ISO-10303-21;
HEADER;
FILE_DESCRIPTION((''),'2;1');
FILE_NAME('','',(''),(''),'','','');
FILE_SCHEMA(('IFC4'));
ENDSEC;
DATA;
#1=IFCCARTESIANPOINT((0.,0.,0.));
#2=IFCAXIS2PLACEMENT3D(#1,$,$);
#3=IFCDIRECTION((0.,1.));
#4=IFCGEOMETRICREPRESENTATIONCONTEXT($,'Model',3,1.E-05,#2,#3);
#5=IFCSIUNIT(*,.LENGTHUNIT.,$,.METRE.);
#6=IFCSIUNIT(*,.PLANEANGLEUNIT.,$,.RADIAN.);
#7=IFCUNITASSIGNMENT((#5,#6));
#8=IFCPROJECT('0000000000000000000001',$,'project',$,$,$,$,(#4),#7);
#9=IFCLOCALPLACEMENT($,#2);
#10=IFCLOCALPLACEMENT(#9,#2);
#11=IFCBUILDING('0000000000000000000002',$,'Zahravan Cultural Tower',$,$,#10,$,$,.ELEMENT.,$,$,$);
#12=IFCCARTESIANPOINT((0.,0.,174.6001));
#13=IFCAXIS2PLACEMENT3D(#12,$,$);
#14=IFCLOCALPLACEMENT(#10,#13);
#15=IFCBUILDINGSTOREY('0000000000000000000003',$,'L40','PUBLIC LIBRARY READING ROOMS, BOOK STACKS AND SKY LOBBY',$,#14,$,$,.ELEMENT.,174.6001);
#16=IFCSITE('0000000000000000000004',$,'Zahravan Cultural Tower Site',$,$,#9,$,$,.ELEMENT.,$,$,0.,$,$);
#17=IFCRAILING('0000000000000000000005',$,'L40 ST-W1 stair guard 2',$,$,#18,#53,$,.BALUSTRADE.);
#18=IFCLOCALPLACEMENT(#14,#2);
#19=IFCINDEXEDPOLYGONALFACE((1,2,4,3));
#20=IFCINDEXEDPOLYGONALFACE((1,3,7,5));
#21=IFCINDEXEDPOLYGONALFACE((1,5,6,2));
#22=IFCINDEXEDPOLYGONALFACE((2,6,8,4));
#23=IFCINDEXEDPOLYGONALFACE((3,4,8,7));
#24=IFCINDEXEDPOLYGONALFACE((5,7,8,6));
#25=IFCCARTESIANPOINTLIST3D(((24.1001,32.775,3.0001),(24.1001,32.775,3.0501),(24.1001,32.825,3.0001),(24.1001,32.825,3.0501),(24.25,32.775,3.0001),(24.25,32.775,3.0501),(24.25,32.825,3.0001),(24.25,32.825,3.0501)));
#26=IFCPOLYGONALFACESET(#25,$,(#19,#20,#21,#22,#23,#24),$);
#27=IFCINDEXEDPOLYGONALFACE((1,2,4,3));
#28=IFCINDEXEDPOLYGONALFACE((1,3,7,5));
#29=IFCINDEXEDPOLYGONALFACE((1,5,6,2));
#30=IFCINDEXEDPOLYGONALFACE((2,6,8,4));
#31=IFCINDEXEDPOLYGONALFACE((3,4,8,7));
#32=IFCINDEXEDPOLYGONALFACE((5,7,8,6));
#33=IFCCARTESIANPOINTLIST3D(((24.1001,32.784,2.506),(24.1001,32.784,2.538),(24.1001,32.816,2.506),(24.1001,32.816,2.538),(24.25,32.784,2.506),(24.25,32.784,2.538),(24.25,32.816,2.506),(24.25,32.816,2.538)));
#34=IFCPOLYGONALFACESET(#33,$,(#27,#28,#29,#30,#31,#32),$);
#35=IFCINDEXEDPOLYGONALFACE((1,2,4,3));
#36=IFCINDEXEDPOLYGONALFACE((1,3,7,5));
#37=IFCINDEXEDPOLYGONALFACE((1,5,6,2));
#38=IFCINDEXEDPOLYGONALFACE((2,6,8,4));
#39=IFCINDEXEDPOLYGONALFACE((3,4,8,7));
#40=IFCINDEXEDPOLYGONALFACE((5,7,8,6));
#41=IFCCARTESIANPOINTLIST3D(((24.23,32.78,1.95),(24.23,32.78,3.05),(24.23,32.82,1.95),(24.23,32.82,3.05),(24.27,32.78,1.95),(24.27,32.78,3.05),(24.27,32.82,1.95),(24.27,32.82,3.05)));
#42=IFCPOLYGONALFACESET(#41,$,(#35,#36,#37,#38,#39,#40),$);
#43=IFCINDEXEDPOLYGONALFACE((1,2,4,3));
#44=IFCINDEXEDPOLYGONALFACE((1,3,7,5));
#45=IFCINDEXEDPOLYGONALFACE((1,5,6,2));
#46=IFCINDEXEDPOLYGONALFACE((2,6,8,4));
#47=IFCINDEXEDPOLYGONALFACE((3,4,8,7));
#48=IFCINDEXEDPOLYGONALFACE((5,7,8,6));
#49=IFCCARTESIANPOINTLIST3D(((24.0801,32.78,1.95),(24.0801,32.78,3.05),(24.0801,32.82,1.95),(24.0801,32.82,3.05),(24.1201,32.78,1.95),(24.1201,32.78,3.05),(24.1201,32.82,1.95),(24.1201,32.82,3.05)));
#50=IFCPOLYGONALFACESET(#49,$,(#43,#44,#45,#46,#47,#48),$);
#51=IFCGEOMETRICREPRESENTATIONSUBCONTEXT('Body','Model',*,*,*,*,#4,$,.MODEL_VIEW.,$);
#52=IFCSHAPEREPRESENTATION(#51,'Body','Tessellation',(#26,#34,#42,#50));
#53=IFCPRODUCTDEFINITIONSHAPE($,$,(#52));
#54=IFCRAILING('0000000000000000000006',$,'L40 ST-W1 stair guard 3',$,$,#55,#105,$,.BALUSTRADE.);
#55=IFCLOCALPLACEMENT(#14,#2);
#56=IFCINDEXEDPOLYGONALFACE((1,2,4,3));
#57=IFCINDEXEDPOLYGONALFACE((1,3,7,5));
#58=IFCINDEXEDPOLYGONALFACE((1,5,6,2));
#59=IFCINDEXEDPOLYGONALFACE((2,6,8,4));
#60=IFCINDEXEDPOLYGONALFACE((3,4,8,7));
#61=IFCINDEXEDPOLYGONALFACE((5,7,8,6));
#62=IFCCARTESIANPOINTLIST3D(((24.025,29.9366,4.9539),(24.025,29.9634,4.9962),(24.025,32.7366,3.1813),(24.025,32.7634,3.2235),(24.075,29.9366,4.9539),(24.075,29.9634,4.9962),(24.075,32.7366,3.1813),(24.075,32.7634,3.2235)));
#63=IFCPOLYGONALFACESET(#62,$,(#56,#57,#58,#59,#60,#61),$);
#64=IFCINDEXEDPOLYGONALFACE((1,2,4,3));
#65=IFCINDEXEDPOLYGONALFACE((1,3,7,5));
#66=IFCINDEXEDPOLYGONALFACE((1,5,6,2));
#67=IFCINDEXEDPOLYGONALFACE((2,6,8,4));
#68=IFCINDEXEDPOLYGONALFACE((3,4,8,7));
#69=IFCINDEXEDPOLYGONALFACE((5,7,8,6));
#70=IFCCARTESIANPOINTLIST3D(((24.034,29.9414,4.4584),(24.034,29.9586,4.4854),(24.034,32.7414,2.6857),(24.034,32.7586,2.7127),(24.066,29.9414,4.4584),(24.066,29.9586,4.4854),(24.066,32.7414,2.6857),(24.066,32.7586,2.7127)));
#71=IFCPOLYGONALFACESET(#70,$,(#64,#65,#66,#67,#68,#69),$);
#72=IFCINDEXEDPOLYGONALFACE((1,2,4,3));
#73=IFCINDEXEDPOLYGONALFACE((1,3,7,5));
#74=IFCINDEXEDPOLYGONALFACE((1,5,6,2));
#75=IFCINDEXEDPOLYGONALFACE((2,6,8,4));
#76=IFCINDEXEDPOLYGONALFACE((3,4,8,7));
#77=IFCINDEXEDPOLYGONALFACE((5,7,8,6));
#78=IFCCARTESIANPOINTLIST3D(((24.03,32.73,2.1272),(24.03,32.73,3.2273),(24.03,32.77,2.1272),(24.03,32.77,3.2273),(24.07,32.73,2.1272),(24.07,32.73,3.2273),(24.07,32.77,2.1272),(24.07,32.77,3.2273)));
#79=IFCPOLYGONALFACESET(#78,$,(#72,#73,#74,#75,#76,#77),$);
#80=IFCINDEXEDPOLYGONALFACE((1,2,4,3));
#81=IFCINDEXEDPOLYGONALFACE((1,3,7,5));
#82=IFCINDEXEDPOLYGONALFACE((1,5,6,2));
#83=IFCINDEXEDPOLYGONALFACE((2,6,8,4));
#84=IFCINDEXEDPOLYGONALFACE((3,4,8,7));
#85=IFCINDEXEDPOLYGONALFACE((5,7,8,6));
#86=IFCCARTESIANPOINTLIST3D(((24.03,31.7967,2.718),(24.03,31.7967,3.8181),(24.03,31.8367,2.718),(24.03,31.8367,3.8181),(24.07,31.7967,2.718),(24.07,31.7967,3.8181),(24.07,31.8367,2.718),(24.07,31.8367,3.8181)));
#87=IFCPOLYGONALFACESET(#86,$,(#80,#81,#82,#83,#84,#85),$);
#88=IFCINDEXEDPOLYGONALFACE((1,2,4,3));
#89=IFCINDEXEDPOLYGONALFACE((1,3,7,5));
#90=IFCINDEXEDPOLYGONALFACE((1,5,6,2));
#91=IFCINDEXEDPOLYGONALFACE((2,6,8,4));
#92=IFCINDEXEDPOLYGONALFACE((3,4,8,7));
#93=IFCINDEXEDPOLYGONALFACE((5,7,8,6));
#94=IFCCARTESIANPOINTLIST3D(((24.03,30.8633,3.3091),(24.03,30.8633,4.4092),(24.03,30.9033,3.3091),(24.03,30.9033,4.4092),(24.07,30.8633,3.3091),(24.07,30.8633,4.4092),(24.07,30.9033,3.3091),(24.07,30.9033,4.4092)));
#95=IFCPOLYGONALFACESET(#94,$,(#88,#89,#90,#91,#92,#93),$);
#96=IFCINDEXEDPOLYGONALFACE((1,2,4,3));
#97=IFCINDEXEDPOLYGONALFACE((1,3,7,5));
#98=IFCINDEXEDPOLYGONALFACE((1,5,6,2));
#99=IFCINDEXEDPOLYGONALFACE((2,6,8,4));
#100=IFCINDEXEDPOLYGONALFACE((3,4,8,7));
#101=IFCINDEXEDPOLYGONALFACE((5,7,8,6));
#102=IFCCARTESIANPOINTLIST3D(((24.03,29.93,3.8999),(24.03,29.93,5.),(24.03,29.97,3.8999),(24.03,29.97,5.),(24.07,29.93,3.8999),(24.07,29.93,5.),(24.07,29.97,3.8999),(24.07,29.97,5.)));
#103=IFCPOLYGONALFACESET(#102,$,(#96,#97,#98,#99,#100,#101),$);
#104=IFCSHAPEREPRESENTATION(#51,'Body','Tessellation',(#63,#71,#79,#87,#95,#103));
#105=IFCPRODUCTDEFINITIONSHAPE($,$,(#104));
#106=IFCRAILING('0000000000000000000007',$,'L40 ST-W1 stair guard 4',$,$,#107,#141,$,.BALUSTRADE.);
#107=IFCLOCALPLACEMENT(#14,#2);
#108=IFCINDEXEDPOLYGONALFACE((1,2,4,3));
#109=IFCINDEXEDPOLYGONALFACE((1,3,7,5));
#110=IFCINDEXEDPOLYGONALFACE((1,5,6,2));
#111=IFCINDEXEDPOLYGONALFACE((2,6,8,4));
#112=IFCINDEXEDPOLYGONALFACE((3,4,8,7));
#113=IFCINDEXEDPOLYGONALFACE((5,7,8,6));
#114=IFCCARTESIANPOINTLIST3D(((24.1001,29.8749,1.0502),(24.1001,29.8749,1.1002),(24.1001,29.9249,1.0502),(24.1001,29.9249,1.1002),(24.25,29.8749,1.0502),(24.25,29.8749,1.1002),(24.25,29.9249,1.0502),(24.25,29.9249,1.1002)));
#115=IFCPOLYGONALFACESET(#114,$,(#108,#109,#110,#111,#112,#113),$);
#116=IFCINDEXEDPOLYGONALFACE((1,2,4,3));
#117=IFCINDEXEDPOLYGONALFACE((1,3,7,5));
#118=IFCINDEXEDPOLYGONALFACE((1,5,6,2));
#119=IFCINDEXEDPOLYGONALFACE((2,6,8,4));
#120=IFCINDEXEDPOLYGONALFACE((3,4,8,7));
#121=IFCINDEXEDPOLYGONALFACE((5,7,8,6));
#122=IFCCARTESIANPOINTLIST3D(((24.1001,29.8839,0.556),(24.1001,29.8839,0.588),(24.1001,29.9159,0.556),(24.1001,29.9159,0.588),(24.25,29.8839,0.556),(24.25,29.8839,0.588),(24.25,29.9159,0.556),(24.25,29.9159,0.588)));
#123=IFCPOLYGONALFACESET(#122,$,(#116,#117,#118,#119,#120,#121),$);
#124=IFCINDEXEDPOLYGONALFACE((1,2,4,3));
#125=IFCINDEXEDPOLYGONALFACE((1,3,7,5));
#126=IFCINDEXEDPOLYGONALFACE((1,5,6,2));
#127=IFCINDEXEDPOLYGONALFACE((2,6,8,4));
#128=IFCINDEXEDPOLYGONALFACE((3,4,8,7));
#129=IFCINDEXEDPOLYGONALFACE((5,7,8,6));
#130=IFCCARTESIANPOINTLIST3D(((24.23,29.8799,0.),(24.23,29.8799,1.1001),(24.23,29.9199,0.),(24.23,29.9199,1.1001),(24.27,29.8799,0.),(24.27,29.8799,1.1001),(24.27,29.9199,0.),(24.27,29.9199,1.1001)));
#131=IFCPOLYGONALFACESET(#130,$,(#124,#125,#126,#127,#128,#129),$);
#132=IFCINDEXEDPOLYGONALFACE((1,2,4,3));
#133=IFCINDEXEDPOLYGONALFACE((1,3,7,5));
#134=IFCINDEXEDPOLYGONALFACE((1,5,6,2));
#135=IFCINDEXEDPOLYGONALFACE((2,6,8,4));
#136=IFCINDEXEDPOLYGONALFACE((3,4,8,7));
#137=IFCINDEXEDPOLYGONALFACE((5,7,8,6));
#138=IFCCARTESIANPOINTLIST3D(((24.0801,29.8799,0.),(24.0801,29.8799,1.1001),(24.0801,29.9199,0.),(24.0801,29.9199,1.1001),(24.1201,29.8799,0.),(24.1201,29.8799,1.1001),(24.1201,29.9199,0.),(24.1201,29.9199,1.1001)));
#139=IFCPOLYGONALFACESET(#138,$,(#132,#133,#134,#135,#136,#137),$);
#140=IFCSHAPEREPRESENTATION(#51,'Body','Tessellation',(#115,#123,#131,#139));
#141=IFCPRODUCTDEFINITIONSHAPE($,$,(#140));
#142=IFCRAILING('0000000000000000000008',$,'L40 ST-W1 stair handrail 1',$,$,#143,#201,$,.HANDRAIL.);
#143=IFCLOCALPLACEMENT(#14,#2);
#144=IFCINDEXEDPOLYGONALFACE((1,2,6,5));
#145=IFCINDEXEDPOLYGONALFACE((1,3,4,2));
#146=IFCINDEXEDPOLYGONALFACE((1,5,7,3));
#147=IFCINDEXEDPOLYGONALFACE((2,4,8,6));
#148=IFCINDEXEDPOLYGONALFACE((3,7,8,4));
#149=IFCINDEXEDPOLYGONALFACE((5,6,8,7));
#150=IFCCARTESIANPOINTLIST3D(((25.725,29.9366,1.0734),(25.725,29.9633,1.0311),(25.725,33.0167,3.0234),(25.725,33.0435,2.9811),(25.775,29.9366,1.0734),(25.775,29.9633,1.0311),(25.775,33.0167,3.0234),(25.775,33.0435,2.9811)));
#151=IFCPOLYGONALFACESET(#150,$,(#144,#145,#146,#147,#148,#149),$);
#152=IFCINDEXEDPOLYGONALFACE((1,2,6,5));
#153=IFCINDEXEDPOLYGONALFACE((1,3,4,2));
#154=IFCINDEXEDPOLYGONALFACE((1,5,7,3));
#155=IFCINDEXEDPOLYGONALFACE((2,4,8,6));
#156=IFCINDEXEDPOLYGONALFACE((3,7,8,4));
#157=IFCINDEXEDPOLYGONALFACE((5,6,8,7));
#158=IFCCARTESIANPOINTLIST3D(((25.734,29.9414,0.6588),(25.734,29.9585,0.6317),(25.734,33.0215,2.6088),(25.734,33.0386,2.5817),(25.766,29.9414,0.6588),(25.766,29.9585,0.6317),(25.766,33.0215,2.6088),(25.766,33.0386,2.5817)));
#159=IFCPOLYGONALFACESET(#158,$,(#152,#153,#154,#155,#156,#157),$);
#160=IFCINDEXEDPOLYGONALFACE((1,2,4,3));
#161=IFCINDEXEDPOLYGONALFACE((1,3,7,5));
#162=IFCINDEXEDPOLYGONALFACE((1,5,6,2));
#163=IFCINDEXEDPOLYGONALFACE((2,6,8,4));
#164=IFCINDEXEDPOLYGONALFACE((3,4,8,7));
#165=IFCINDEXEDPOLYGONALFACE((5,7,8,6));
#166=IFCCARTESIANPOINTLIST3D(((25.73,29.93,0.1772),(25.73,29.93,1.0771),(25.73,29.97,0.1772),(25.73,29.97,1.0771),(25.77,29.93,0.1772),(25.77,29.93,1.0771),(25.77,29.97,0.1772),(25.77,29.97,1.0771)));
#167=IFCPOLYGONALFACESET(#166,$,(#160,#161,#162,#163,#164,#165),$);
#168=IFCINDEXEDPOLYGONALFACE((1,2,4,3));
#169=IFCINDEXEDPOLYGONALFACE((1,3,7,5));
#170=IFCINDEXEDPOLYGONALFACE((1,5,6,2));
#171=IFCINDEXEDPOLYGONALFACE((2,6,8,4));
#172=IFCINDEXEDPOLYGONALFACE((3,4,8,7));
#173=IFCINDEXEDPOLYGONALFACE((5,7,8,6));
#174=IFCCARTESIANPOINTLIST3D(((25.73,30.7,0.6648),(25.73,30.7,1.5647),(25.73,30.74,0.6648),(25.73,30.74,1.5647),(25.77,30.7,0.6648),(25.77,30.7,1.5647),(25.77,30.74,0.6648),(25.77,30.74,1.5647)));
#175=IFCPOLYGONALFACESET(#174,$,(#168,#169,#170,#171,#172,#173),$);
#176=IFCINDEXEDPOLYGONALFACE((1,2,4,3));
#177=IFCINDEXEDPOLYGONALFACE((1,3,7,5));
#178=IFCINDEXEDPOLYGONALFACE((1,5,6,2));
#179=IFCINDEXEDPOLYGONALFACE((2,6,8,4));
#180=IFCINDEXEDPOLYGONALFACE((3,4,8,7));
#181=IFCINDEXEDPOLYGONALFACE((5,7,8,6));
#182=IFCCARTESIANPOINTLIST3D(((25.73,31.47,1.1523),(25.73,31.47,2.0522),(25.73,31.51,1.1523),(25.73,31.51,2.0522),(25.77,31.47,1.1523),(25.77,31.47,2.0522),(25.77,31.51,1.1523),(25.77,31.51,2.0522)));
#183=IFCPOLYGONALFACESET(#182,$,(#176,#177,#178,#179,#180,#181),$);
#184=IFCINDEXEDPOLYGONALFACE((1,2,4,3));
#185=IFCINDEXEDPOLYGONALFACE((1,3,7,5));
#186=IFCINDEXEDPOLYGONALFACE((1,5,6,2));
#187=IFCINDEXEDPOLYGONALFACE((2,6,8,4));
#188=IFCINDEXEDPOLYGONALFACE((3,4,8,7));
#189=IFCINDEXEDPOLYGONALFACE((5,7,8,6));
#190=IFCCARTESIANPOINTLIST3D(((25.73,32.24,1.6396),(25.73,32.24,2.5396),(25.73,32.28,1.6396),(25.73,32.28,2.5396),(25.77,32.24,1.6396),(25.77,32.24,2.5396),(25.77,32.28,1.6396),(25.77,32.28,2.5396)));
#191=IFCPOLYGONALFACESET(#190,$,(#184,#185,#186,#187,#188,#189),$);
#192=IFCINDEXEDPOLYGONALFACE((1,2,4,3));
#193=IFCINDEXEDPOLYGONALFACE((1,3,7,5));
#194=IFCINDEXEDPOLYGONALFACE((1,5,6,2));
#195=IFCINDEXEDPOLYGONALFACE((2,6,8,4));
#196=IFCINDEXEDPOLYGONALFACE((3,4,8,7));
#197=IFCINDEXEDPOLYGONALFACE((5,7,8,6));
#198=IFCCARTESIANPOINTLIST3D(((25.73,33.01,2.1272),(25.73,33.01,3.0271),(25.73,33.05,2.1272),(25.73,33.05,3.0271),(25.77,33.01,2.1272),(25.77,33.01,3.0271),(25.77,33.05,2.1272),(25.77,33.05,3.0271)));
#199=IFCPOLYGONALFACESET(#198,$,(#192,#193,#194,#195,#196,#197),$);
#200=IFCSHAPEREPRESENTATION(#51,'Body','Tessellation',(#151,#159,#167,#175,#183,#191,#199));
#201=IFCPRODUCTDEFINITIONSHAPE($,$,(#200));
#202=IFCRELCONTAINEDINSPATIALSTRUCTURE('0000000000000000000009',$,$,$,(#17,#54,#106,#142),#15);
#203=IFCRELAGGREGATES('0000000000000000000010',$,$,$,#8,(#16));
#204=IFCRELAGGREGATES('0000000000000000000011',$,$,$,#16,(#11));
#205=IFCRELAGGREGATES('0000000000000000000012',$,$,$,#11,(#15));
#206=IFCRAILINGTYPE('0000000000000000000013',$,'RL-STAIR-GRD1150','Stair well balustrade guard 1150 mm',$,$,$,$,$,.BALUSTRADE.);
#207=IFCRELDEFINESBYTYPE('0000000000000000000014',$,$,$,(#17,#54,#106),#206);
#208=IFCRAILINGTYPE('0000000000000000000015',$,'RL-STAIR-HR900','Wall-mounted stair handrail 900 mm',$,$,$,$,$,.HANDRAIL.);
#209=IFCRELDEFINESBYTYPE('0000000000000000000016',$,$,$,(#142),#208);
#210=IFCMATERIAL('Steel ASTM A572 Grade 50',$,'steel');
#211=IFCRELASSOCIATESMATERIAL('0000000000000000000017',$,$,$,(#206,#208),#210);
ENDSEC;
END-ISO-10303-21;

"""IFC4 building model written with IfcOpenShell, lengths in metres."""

from ifc_helpers import new_model, si_unit, direction, frame, origin, origin_2d, place, context, subcontext, project, spatial, rectangle, extrude, material, type_object, element, save


model = new_model("IFC4")

# Units and contexts
model_context = context("Model", 3, precision=1e-05, world=origin(), true_north=direction((0.0, 1.0)))
body_context = subcontext(model_context, "Body", "Model", "MODEL_VIEW")
ifc_project = project(units=[si_unit("LENGTHUNIT", "METRE"), si_unit("PLANEANGLEUNIT", "RADIAN")], contexts=[model_context])

# Site, building, storey
site_placement = place(None, origin())
site = spatial("IfcSite", under=ifc_project, at=site_placement, Name="Zahravan Cultural Tower Site", CompositionType="ELEMENT", RefElevation=0.0)
building_placement = place(site_placement, origin())
building = spatial("IfcBuilding", under=site, at=building_placement, Name="Zahravan Cultural Tower", CompositionType="ELEMENT")
storey_placement = place(building_placement, frame((0.0, 0.0, 174.6001)))
storey = spatial("IfcBuildingStorey", under=building, at=storey_placement, Name="L40", Description="PUBLIC LIBRARY READING ROOMS, BOOK STACKS AND SKY LOBBY", CompositionType="ELEMENT", Elevation=174.6001)

# Railings
ifc_material_1 = material(Name="Steel ASTM A572 Grade 50", Category="steel")
railing_type_1 = type_object("IfcRailingType", Name="RL-STAIR-GRD1150", Description="Stair well balustrade guard 1150 mm", PredefinedType="BALUSTRADE", material=ifc_material_1)
railing_1_placement = place(storey_placement, frame((24.25, 32.8, 1.95)))
element("IfcRailing", 1, at=railing_1_placement, inside=storey, type_object=railing_type_1, Name="L40 ST-W1 stair guard 2", PredefinedType="BALUSTRADE", context=body_context, shape_type="SweptSolid", body=[
    extrude(rectangle(XDim=0.05, YDim=0.05, at=origin_2d()), frame((0.0, 0.0, 1.0752), z_axis=(-1.0, 0.0, 0.0), x_axis=(0.0, -1.0, 0.0)), (0.0, 0.0, 1.0), 0.1499),
    extrude(rectangle(XDim=0.032, YDim=0.032, at=origin_2d()), frame((0.0, 0.0, 0.572), z_axis=(-1.0, 0.0, 0.0), x_axis=(0.0, -1.0, 0.0)), (0.0, 0.0, 1.0), 0.1499),
    extrude(rectangle(XDim=0.04, YDim=0.04, at=origin_2d()), origin(), (0.0, 0.0, 1.0), 1.1001),
    extrude(rectangle(XDim=0.04, YDim=0.04, at=origin_2d()), frame((-0.1499, 0.0, 0.0)), (0.0, 0.0, 1.0), 1.1001),
])
railing_2_placement = place(storey_placement, frame((24.05, 32.75, 2.1272)))
element("IfcRailing", 2, at=railing_2_placement, inside=storey, type_object=railing_type_1, Name="L40 ST-W1 stair guard 3", PredefinedType="BALUSTRADE", context=body_context, shape_type="SweptSolid", body=[
    extrude(rectangle(XDim=0.05, YDim=0.05, at=origin_2d()), frame((0.0, 0.0, 1.0752), z_axis=(0.0, -0.844909, 0.53491), x_axis=(1.0, 0.0, 0.0)), (0.0, 0.0, 1.0), 3.314),
    extrude(rectangle(XDim=0.032, YDim=0.032, at=origin_2d()), frame((0.0, 0.0, 0.572), z_axis=(0.0, -0.844909, 0.53491), x_axis=(1.0, 0.0, 0.0)), (0.0, 0.0, 1.0), 3.314),
    extrude(rectangle(XDim=0.04, YDim=0.04, at=origin_2d()), origin(), (0.0, 0.0, 1.0), 1.1001),
    extrude(rectangle(XDim=0.04, YDim=0.04, at=origin_2d()), frame((0.0, -0.9333, 0.5908)), (0.0, 0.0, 1.0), 1.1001),
    extrude(rectangle(XDim=0.04, YDim=0.04, at=origin_2d()), frame((0.0, -1.8667, 1.1819)), (0.0, 0.0, 1.0), 1.1001),
    extrude(rectangle(XDim=0.04, YDim=0.04, at=origin_2d()), frame((0.0, -2.8, 1.7727)), (0.0, 0.0, 1.0), 1.1001),
])
railing_3_placement = place(storey_placement, frame((24.25, 29.8999, 0.0)))
element("IfcRailing", 3, at=railing_3_placement, inside=storey, type_object=railing_type_1, Name="L40 ST-W1 stair guard 4", PredefinedType="BALUSTRADE", context=body_context, shape_type="SweptSolid", body=[
    extrude(rectangle(XDim=0.05, YDim=0.05, at=origin_2d()), frame((0.0, 0.0, 1.0752), z_axis=(-1.0, 0.0, 0.0), x_axis=(0.0, -1.0, 0.0)), (0.0, 0.0, 1.0), 0.1499),
    extrude(rectangle(XDim=0.032, YDim=0.032, at=origin_2d()), frame((0.0, 0.0, 0.572), z_axis=(-1.0, 0.0, 0.0), x_axis=(0.0, -1.0, 0.0)), (0.0, 0.0, 1.0), 0.1499),
    extrude(rectangle(XDim=0.04, YDim=0.04, at=origin_2d()), origin(), (0.0, 0.0, 1.0), 1.1001),
    extrude(rectangle(XDim=0.04, YDim=0.04, at=origin_2d()), frame((-0.1499, 0.0, 0.0)), (0.0, 0.0, 1.0), 1.1001),
])
railing_type_2 = type_object("IfcRailingType", Name="RL-STAIR-HR900", Description="Wall-mounted stair handrail 900 mm", PredefinedType="HANDRAIL", material=ifc_material_1)
railing_4_placement = place(storey_placement, frame((25.75, 29.95, 0.1772)))
element("IfcRailing", 4, at=railing_4_placement, inside=storey, type_object=railing_type_2, Name="L40 ST-W1 stair handrail 1", PredefinedType="HANDRAIL", context=body_context, shape_type="SweptSolid", body=[
    extrude(rectangle(XDim=0.05, YDim=0.05, at=origin_2d()), frame((0.0, 0.0, 0.875), z_axis=(0.0, 0.844914, 0.534902), x_axis=(-1.0, 0.0, 0.0)), (0.0, 0.0, 1.0), 3.6455),
    extrude(rectangle(XDim=0.032, YDim=0.032, at=origin_2d()), frame((0.0, 0.0, 0.468), z_axis=(0.0, 0.844914, 0.534902), x_axis=(-1.0, 0.0, 0.0)), (0.0, 0.0, 1.0), 3.6455),
    extrude(rectangle(XDim=0.04, YDim=0.04, at=origin_2d()), origin(), (0.0, 0.0, 1.0), 0.8999),
    extrude(rectangle(XDim=0.04, YDim=0.04, at=origin_2d()), frame((0.0, 0.77, 0.4875)), (0.0, 0.0, 1.0), 0.8999),
    extrude(rectangle(XDim=0.04, YDim=0.04, at=origin_2d()), frame((0.0, 1.54, 0.9751)), (0.0, 0.0, 1.0), 0.8999),
    extrude(rectangle(XDim=0.04, YDim=0.04, at=origin_2d()), frame((0.0, 2.3101, 1.4624)), (0.0, 0.0, 1.0), 0.8999),
    extrude(rectangle(XDim=0.04, YDim=0.04, at=origin_2d()), frame((0.0, 3.0801, 1.95)), (0.0, 0.0, 1.0), 0.8999),
])

save(model, "model.ifc")
